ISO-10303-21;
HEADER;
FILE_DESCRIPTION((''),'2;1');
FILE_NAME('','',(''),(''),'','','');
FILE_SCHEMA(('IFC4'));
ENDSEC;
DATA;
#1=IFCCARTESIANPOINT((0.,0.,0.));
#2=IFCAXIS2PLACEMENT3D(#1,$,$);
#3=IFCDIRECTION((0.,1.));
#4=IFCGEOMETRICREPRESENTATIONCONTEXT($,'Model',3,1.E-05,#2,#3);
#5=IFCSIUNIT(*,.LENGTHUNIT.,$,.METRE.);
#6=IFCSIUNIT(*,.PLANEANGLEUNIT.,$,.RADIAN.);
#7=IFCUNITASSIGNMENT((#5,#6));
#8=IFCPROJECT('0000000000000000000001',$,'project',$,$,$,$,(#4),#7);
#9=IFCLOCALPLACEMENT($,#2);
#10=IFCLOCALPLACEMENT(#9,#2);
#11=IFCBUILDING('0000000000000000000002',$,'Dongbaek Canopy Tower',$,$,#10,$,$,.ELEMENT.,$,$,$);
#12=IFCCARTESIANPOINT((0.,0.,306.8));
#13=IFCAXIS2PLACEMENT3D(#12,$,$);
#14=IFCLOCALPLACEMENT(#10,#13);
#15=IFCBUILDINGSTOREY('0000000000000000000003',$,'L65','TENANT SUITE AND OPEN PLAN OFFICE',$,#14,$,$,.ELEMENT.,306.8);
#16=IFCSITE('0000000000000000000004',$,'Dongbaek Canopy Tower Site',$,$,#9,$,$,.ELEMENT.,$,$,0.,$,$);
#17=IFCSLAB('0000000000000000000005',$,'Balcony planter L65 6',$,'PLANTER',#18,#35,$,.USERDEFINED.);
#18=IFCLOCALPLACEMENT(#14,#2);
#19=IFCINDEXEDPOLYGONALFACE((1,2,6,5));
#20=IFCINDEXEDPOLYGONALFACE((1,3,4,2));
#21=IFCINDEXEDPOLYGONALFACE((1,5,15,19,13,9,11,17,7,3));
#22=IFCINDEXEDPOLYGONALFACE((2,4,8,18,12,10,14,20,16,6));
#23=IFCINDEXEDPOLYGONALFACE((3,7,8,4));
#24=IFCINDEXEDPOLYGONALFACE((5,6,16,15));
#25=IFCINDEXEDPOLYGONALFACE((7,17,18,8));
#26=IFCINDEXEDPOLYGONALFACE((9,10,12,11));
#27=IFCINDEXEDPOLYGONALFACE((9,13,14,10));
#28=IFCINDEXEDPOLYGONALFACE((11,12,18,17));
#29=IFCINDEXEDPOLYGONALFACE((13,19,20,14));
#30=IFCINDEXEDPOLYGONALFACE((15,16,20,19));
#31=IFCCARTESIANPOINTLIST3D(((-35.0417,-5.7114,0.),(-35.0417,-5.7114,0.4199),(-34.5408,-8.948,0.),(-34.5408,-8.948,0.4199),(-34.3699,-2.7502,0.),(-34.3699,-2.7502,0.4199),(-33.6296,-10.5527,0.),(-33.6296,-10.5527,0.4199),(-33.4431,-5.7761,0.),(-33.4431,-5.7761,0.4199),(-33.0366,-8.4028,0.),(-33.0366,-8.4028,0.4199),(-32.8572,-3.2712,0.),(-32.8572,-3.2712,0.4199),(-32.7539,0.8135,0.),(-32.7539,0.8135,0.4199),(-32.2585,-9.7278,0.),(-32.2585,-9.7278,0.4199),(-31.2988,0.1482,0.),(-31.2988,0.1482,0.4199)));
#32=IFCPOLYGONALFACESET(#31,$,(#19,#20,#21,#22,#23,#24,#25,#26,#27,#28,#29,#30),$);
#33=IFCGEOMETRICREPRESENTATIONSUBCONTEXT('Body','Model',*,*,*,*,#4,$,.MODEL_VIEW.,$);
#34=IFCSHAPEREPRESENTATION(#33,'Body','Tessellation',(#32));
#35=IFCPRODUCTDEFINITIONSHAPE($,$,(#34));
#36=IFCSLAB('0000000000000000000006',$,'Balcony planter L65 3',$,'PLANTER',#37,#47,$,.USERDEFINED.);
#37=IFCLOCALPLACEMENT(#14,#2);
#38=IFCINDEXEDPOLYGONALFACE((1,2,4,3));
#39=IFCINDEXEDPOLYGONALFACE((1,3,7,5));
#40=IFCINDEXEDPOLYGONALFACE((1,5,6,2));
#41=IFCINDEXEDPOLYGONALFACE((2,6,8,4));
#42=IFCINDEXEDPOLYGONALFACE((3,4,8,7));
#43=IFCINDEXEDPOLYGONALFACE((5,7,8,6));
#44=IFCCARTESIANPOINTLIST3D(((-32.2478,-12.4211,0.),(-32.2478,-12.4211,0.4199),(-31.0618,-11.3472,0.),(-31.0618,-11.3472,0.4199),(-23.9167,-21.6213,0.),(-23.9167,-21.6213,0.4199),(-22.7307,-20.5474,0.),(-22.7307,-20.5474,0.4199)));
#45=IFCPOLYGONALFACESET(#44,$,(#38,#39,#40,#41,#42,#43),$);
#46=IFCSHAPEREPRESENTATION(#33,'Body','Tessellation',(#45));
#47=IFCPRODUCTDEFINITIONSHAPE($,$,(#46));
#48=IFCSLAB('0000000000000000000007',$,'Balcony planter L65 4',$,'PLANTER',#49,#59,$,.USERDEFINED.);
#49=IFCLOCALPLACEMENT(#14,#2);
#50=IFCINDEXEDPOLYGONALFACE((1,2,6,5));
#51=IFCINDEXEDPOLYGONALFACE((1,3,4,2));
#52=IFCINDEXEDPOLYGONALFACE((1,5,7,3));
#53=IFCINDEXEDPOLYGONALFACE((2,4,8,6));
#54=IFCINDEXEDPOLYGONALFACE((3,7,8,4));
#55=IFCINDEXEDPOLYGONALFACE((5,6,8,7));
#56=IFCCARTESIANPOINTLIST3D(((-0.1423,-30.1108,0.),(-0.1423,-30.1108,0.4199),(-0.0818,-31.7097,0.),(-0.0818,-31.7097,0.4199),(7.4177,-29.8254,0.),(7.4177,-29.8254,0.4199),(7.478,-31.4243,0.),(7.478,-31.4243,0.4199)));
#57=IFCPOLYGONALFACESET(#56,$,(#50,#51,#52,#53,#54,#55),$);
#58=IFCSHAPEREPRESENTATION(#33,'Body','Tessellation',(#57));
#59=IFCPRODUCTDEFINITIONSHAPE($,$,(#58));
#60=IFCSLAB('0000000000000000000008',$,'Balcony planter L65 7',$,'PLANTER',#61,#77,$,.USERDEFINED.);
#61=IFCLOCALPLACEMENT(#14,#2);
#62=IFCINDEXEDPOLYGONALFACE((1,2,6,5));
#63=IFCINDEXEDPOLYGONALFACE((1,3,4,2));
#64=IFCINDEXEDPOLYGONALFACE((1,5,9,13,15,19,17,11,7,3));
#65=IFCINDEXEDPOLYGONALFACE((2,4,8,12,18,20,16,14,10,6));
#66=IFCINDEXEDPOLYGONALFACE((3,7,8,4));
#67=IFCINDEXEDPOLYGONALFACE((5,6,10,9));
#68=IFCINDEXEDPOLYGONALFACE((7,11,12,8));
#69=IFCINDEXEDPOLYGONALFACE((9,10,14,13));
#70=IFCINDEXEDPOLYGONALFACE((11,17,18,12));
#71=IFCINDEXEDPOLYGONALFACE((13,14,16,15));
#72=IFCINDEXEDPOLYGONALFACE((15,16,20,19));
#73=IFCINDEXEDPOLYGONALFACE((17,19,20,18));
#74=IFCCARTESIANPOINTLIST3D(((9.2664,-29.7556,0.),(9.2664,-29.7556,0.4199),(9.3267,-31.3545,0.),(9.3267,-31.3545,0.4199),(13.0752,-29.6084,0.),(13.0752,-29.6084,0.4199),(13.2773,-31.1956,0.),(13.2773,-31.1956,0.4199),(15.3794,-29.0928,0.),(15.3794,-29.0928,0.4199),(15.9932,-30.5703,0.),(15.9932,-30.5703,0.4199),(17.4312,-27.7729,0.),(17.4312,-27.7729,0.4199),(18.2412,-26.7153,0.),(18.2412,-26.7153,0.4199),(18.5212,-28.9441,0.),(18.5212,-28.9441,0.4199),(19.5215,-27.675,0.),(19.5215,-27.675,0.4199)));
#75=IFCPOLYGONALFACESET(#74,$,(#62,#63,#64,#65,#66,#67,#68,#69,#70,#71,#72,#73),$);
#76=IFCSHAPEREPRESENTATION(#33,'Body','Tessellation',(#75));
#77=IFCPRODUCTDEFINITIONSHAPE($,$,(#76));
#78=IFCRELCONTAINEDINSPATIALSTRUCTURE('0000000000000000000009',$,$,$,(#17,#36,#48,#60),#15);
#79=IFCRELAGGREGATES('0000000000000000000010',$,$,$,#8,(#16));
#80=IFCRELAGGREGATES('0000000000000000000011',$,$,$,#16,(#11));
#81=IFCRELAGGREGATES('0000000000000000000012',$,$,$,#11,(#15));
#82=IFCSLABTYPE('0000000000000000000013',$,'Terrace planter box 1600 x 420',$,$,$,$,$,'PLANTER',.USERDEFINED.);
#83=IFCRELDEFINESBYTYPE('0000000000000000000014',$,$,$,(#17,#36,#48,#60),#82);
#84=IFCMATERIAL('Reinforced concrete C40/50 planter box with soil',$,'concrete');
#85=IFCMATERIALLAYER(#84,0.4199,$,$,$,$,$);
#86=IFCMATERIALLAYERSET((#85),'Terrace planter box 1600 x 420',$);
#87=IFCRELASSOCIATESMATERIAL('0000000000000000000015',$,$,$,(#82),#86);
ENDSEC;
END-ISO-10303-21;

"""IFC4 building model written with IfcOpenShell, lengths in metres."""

from ifc_helpers import new_model, si_unit, direction, frame, origin, place, context, subcontext, project, spatial, polyline, outline, extrude, material, layer, layer_set, type_object, element, save


model = new_model("IFC4")

# Units and contexts
model_context = context("Model", 3, precision=1e-05, world=origin(), true_north=direction((0.0, 1.0)))
body_context = subcontext(model_context, "Body", "Model", "MODEL_VIEW")
ifc_project = project(units=[si_unit("LENGTHUNIT", "METRE"), si_unit("PLANEANGLEUNIT", "RADIAN")], contexts=[model_context])

# Site, building, storey
site_placement = place(None, origin())
site = spatial("IfcSite", under=ifc_project, at=site_placement, Name="Dongbaek Canopy Tower Site", CompositionType="ELEMENT", RefElevation=0.0)
building_placement = place(site_placement, origin())
building = spatial("IfcBuilding", under=site, at=building_placement, Name="Dongbaek Canopy Tower", CompositionType="ELEMENT")
storey_placement = place(building_placement, frame((0.0, 0.0, 306.8)))
storey = spatial("IfcBuildingStorey", under=building, at=storey_placement, Name="L65", Description="TENANT SUITE AND OPEN PLAN OFFICE", CompositionType="ELEMENT", Elevation=306.8)

# Slabs
ifc_material_1 = material(Name="Reinforced concrete C40/50 planter box with soil", Category="concrete")
ifc_layer_1 = layer(ifc_material_1, 0.4199)
ifc_layer_set_1 = layer_set([ifc_layer_1], Name="Terrace planter box 1600 x 420")
slab_type_1 = type_object("IfcSlabType", Name="Terrace planter box 1600 x 420", ElementType="PLANTER", PredefinedType="USERDEFINED", material=ifc_layer_set_1)
slab_1_placement = place(storey_placement, origin())
element("IfcSlab", 1, at=slab_1_placement, inside=storey, type_object=slab_type_1, Name="Balcony planter L65 6", ObjectType="PLANTER", PredefinedType="USERDEFINED", context=body_context, shape_type="SweptSolid", body=[
    extrude(outline(polyline([(-31.2988, 0.1482), (-32.8572, -3.2712), (-33.4431, -5.7761), (-33.0366, -8.4028), (-32.2585, -9.7278), (-33.6296, -10.5527), (-34.5408, -8.948), (-35.0417, -5.7114), (-34.3699, -2.7502), (-32.7539, 0.8135), (-31.2988, 0.1482)])), origin(), (0.0, 0.0, 1.0), 0.4199),
])
slab_2_placement = place(storey_placement, origin())
element("IfcSlab", 2, at=slab_2_placement, inside=storey, type_object=slab_type_1, Name="Balcony planter L65 3", ObjectType="PLANTER", PredefinedType="USERDEFINED", context=body_context, shape_type="SweptSolid", body=[
    extrude(outline(polyline([(-31.0618, -11.3472), (-22.7307, -20.5474), (-23.9167, -21.6213), (-32.2478, -12.4211), (-31.0618, -11.3472)])), origin(), (0.0, 0.0, 1.0), 0.4199),
])
slab_3_placement = place(storey_placement, origin())
element("IfcSlab", 3, at=slab_3_placement, inside=storey, type_object=slab_type_1, Name="Balcony planter L65 4", ObjectType="PLANTER", PredefinedType="USERDEFINED", context=body_context, shape_type="SweptSolid", body=[
    extrude(outline(polyline([(-0.1423, -30.1108), (7.4177, -29.8254), (7.478, -31.4243), (-0.0818, -31.7097), (-0.1423, -30.1108)])), origin(), (0.0, 0.0, 1.0), 0.4199),
])
slab_4_placement = place(storey_placement, origin())
element("IfcSlab", 4, at=slab_4_placement, inside=storey, type_object=slab_type_1, Name="Balcony planter L65 7", ObjectType="PLANTER", PredefinedType="USERDEFINED", context=body_context, shape_type="SweptSolid", body=[
    extrude(outline(polyline([(9.2664, -29.7556), (13.0752, -29.6084), (15.3794, -29.0928), (17.4312, -27.7729), (18.2412, -26.7153), (19.5215, -27.675), (18.5212, -28.9441), (15.9932, -30.5703), (13.2773, -31.1956), (9.3267, -31.3545), (9.2664, -29.7556)])), origin(), (0.0, 0.0, 1.0), 0.4199),
])

save(model, "model.ifc")
